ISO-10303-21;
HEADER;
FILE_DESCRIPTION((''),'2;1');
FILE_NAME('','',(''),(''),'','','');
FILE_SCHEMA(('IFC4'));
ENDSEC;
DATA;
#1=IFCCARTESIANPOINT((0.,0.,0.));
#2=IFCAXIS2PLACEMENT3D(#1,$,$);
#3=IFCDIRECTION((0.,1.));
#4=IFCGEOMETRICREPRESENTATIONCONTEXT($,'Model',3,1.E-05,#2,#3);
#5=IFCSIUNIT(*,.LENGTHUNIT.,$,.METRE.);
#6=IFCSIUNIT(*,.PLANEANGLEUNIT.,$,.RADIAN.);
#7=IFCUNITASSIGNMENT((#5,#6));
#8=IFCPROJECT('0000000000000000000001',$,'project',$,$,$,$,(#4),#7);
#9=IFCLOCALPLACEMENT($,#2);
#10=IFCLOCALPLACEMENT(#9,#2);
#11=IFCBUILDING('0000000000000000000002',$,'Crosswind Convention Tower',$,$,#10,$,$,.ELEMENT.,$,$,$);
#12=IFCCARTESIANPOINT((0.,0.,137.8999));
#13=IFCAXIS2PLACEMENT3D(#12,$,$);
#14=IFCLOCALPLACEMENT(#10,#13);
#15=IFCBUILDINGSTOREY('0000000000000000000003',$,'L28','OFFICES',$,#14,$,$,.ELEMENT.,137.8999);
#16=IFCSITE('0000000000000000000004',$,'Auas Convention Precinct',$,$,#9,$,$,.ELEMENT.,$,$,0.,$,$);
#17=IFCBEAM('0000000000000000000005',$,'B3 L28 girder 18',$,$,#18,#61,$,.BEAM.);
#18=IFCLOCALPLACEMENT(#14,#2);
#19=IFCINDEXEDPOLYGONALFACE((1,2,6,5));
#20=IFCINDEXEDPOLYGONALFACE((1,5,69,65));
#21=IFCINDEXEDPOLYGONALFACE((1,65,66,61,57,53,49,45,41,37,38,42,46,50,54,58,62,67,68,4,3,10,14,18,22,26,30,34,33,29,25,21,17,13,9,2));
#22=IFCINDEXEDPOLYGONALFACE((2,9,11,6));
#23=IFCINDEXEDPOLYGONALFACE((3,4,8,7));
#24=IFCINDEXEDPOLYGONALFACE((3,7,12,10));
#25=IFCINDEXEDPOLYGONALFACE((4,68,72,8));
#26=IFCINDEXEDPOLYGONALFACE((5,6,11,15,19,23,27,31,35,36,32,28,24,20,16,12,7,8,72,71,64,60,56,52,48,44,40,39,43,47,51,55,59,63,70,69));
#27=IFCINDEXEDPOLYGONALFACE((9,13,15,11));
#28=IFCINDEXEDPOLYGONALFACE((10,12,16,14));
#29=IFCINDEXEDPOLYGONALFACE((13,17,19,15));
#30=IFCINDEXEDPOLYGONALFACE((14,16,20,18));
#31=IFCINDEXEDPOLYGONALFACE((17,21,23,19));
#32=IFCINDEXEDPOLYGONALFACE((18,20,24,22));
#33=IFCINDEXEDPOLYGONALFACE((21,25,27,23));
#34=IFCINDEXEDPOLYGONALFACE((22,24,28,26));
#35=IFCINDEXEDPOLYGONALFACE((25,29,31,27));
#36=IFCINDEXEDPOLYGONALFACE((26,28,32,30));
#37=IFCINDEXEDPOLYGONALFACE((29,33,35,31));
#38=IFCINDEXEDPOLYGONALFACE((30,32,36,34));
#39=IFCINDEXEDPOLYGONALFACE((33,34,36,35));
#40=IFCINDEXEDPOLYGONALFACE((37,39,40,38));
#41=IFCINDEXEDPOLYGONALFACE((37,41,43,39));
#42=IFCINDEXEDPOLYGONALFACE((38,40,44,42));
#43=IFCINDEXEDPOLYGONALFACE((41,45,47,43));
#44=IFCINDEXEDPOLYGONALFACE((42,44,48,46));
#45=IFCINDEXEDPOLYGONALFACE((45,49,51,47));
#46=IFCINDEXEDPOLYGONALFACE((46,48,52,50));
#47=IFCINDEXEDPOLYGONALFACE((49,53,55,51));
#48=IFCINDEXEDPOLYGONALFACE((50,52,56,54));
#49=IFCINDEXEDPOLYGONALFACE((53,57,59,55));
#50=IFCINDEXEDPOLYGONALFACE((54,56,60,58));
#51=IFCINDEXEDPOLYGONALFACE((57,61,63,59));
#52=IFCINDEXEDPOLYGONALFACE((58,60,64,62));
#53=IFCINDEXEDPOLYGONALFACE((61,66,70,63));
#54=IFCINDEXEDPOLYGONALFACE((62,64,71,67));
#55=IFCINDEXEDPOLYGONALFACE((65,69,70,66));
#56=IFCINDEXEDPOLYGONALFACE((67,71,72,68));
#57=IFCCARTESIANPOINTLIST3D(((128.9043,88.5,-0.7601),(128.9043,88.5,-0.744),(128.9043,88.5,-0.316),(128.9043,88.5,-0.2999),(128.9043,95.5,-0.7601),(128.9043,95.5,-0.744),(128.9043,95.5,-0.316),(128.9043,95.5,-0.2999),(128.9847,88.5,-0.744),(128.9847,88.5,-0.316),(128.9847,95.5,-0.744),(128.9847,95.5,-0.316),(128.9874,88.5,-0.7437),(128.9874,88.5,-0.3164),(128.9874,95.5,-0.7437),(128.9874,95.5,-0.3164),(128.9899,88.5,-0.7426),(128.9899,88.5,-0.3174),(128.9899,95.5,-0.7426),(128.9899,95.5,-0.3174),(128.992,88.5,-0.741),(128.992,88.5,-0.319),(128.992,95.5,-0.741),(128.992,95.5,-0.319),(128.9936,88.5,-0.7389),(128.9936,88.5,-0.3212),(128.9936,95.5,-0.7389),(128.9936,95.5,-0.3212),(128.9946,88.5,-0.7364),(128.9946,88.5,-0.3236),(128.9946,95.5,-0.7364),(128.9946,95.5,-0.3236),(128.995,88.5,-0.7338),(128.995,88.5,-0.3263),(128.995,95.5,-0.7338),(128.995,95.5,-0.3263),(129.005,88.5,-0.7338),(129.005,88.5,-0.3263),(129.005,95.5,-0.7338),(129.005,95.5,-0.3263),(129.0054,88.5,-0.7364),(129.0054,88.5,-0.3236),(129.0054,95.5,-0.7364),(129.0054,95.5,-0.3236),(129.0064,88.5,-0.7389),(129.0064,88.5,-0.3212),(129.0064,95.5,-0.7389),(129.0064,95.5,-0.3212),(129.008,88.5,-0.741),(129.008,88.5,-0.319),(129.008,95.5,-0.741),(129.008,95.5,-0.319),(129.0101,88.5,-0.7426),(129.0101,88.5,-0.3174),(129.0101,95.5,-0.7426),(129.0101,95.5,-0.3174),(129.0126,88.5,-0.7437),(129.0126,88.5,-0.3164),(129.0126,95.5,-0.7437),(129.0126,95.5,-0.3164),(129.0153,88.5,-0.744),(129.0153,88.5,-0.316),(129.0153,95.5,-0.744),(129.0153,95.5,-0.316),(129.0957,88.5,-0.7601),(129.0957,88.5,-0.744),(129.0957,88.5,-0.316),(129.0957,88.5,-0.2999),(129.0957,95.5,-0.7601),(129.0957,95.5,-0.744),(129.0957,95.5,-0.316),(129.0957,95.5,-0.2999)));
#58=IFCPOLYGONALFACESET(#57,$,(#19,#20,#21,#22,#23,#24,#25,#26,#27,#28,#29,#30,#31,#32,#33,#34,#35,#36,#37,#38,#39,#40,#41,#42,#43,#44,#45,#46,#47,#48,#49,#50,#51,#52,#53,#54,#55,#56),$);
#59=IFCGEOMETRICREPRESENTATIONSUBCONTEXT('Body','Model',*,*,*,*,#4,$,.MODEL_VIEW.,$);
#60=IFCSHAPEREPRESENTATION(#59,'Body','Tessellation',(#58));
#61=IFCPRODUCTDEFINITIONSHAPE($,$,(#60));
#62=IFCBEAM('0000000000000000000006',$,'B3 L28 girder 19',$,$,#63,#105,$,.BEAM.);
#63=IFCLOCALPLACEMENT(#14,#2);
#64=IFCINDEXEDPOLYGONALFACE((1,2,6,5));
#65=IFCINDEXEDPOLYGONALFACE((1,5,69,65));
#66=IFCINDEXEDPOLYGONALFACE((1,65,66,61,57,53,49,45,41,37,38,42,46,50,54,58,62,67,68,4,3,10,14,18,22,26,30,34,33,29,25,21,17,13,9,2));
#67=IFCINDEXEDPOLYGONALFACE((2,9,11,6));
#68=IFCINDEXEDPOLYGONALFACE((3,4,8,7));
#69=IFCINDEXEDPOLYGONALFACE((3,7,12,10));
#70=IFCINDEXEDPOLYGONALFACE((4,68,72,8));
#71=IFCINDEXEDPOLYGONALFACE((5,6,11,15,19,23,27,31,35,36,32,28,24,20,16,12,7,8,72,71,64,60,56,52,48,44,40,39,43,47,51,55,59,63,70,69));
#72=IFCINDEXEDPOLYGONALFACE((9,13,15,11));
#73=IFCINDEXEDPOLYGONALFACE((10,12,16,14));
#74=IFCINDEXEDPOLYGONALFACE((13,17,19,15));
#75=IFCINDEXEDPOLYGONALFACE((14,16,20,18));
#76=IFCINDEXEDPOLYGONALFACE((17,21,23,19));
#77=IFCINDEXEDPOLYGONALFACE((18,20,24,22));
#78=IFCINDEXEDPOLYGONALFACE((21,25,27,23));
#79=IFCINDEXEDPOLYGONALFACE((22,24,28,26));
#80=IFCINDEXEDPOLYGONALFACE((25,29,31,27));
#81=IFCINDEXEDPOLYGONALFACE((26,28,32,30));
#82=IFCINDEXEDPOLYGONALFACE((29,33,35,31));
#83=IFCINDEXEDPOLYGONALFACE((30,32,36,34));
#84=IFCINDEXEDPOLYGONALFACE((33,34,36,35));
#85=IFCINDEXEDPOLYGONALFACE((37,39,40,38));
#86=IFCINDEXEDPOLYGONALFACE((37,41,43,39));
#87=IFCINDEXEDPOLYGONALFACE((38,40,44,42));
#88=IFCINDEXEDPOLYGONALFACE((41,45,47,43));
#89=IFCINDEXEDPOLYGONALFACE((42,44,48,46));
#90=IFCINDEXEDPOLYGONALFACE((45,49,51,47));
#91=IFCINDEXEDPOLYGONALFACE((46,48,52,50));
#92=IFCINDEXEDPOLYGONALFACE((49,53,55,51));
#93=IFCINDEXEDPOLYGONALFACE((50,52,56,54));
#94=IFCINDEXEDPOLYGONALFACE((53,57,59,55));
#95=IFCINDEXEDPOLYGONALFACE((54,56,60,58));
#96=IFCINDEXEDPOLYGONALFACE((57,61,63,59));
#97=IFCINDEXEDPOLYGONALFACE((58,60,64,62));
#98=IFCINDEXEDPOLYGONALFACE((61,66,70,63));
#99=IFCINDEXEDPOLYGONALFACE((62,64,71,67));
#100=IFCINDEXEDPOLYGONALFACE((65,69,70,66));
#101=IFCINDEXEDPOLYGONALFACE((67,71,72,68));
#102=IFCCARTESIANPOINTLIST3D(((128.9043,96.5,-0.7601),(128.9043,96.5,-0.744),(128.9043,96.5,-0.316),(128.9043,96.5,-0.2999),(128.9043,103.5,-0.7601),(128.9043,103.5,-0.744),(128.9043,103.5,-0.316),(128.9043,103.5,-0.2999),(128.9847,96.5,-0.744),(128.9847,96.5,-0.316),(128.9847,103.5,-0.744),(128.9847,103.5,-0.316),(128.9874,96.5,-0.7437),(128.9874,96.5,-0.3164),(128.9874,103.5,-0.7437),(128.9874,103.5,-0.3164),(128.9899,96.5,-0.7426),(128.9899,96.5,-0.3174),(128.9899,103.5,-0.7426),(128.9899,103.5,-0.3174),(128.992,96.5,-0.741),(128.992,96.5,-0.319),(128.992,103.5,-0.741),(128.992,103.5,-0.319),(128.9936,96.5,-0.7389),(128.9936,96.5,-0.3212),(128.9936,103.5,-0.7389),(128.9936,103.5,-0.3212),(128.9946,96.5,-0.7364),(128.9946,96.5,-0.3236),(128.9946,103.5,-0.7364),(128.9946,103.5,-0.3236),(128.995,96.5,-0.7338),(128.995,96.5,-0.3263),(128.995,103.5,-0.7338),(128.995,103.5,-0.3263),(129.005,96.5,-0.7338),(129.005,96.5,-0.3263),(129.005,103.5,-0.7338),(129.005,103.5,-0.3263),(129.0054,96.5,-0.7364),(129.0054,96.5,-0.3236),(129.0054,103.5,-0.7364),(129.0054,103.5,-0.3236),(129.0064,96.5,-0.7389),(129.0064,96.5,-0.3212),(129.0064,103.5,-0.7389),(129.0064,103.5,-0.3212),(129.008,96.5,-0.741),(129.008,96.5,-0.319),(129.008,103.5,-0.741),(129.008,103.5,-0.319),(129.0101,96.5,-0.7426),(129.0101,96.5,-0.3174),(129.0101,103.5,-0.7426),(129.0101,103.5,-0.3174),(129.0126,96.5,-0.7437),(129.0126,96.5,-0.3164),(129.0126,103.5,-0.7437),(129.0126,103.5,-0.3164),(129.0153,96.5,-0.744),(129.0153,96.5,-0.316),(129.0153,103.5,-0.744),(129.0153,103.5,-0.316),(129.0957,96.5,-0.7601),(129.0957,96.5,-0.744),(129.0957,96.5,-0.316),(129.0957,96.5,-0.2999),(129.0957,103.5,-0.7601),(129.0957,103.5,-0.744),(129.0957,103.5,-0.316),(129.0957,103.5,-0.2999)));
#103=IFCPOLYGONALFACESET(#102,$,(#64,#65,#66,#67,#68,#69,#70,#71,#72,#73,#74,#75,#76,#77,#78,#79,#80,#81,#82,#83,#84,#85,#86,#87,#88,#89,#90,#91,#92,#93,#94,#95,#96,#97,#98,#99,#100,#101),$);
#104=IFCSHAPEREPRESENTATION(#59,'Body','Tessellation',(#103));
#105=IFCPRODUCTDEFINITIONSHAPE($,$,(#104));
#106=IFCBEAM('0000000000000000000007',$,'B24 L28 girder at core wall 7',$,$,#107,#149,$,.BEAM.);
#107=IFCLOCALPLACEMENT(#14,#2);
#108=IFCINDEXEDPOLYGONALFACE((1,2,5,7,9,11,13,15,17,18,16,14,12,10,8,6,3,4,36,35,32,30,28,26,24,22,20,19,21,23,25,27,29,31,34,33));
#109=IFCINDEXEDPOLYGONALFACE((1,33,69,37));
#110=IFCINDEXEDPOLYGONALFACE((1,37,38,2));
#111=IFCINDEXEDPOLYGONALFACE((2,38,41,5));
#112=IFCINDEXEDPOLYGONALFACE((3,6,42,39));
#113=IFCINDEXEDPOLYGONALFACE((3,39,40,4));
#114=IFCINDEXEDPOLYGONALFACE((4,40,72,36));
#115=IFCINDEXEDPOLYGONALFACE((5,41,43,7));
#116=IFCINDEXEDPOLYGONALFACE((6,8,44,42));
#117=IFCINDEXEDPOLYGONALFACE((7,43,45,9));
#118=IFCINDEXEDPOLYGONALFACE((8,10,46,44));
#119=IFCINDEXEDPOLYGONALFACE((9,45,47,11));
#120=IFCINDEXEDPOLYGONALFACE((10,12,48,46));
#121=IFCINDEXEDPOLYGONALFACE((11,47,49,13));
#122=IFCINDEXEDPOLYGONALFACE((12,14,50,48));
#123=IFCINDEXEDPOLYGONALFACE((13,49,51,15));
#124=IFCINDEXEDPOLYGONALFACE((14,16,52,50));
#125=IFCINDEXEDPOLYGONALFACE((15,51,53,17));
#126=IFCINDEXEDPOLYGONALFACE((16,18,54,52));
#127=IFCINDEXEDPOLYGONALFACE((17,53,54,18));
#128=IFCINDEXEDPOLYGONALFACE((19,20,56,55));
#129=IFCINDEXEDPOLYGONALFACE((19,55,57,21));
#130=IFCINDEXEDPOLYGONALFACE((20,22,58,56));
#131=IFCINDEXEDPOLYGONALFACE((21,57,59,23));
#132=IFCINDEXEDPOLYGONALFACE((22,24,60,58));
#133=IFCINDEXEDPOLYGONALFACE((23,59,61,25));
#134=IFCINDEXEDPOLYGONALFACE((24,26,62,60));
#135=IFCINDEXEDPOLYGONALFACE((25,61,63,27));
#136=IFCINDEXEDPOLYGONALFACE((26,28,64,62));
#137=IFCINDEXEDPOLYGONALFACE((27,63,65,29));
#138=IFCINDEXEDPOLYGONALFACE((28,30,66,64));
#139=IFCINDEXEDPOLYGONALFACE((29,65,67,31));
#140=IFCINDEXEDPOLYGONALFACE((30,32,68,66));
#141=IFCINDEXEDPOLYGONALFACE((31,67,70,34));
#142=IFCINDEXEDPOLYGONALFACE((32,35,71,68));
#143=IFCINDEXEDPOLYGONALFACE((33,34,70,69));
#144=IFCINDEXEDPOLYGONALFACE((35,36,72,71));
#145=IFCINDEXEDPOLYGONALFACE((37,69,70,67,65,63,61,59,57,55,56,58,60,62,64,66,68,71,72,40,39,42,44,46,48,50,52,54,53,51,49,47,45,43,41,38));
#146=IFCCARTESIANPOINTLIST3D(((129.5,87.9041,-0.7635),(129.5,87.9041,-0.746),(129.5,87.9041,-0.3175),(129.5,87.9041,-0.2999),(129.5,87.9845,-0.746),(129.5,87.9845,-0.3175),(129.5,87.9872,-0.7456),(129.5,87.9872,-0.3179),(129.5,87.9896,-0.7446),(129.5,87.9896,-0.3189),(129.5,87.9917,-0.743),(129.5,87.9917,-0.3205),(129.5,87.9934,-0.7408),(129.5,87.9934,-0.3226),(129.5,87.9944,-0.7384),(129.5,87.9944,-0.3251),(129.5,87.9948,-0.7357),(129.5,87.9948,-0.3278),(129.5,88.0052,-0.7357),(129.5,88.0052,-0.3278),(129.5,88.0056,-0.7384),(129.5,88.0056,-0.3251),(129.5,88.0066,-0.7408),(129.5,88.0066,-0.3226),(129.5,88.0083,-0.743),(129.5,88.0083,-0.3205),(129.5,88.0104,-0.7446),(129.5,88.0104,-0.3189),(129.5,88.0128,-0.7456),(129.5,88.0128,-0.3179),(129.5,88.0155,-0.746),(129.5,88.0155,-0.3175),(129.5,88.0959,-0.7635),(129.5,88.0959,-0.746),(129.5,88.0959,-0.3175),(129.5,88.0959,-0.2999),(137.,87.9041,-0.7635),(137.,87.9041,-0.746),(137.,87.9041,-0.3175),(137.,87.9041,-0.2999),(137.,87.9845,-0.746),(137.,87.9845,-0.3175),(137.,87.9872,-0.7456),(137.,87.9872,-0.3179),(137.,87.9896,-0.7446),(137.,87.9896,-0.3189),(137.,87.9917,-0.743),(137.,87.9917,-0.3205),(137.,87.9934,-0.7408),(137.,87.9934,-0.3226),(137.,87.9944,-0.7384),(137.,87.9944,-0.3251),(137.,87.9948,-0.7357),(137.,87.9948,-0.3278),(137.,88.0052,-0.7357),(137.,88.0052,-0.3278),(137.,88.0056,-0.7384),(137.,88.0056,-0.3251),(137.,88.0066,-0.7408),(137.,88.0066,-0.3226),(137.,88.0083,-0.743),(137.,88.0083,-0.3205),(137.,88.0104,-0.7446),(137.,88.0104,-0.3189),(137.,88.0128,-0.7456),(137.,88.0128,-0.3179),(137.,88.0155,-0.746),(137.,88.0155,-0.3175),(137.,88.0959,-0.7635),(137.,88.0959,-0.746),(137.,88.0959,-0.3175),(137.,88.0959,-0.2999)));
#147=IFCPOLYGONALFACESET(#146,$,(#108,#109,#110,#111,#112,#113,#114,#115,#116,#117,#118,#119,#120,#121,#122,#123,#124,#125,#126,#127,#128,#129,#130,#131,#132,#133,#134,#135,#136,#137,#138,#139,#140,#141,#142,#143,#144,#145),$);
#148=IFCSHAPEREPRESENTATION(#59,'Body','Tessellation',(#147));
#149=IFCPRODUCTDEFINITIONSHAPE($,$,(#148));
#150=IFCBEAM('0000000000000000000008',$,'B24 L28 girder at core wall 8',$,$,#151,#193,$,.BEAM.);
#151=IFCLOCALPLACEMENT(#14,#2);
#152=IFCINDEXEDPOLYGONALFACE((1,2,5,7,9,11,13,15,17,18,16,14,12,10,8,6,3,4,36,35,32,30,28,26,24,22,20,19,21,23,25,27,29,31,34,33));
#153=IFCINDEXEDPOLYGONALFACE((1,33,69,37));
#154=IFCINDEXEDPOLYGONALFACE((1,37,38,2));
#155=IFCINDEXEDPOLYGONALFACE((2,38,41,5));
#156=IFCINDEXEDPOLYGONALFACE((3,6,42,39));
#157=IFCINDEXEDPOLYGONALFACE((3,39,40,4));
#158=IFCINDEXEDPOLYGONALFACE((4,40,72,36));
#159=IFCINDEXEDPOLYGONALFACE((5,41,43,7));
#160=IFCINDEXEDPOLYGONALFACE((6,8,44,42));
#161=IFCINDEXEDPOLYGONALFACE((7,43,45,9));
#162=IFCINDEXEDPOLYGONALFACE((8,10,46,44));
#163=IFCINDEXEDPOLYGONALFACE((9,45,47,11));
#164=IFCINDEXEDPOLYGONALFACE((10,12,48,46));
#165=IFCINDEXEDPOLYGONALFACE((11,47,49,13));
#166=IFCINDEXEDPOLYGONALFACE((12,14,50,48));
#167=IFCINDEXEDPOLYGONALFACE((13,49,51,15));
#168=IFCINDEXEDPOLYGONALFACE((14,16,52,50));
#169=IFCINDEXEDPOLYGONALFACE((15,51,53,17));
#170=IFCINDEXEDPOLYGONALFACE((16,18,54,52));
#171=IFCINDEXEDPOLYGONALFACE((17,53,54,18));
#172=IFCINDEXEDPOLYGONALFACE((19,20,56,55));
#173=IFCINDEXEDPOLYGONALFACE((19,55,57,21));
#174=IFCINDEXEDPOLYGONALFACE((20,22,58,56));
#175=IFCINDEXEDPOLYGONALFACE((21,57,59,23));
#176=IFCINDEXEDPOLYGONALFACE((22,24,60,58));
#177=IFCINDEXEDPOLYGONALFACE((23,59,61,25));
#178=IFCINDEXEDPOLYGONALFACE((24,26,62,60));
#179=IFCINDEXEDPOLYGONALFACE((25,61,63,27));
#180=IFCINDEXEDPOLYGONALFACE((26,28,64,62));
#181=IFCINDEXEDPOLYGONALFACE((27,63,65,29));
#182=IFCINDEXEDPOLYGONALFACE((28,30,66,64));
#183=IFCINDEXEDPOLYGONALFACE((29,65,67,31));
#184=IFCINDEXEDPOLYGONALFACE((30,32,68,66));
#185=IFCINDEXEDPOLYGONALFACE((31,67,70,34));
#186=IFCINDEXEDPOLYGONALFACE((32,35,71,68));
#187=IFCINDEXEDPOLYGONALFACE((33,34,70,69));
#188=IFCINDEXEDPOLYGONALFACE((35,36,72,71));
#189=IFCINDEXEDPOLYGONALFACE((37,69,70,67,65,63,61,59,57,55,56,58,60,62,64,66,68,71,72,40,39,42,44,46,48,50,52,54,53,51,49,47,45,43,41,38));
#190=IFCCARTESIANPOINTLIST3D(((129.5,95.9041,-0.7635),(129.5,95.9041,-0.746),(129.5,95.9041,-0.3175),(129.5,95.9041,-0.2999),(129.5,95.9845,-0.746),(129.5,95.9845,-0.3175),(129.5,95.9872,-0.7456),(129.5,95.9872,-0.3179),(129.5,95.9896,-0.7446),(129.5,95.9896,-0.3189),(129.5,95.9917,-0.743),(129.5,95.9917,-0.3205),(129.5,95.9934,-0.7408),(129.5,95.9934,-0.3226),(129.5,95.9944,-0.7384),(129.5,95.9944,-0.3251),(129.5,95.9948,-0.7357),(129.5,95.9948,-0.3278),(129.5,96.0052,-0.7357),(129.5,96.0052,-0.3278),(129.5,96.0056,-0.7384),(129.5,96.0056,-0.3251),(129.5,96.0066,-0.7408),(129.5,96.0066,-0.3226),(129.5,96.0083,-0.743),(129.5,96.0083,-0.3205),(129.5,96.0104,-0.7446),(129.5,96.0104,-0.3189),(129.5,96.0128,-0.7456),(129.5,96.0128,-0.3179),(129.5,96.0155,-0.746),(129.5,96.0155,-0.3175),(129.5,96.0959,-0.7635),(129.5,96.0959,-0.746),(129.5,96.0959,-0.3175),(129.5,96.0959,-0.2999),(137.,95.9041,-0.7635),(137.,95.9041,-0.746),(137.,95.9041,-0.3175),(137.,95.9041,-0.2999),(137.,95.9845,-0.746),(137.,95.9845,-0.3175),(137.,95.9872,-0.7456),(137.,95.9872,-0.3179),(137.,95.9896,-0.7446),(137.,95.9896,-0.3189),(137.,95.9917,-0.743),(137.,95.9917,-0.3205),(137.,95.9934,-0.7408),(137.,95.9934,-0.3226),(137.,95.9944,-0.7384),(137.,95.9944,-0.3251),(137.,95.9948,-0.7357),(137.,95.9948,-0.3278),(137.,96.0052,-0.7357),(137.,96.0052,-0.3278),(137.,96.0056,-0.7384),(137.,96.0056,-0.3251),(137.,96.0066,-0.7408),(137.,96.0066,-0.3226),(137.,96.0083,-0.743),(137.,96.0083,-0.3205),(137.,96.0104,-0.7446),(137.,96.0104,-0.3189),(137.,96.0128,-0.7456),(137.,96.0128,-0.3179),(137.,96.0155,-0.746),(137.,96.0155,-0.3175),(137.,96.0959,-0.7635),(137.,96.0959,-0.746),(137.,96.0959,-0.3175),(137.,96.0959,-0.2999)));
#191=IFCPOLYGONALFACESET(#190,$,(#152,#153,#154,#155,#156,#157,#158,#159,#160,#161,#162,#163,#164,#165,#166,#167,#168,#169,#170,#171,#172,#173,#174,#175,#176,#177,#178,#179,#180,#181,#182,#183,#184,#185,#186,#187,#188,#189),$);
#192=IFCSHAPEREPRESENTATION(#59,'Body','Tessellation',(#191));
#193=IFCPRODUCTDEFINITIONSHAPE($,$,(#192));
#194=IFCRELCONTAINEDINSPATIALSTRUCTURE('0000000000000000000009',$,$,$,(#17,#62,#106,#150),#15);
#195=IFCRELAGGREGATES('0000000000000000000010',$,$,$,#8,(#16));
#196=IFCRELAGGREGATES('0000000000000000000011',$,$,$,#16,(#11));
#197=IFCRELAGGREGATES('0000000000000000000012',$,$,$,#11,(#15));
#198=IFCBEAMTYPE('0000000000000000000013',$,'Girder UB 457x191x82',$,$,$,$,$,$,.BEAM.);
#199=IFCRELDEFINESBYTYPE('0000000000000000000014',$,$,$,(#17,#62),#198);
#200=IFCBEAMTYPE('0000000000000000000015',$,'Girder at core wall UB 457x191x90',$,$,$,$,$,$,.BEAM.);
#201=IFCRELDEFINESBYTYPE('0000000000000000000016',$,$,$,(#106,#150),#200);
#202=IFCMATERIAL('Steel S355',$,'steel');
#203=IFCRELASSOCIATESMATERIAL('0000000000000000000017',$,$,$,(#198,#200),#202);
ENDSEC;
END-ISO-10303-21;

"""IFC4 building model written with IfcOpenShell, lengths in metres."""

from ifc_helpers import new_model, si_unit, direction, frame, origin, origin_2d, place, context, subcontext, project, spatial, i_section, extrude, material, material_profile, profile_set, type_object, element, save


model = new_model("IFC4")

# Units and contexts
model_context = context("Model", 3, precision=1e-05, world=origin(), true_north=direction((0.0, 1.0)))
body_context = subcontext(model_context, "Body", "Model", "MODEL_VIEW")
ifc_project = project(units=[si_unit("LENGTHUNIT", "METRE"), si_unit("PLANEANGLEUNIT", "RADIAN")], contexts=[model_context])

# Site, building, storey
site_placement = place(None, origin())
site = spatial("IfcSite", under=ifc_project, at=site_placement, Name="Auas Convention Precinct", CompositionType="ELEMENT", RefElevation=0.0)
building_placement = place(site_placement, origin())
building = spatial("IfcBuilding", under=site, at=building_placement, Name="Crosswind Convention Tower", CompositionType="ELEMENT")
storey_placement = place(building_placement, frame((0.0, 0.0, 137.8999)))
storey = spatial("IfcBuildingStorey", under=building, at=storey_placement, Name="L28", Description="OFFICES", CompositionType="ELEMENT", Elevation=137.8999)

# Beams
ifc_material_1 = material(Name="Steel S355", Category="steel")
ifc_material_profile_1 = material_profile(ifc_material_1, i_section(OverallWidth=0.1914, OverallDepth=0.4602, WebThickness=0.01, FlangeThickness=0.0161, FilletRadius=0.0103, at=origin_2d()), Name="UB 457x191x82")
ifc_profile_set_1 = profile_set([ifc_material_profile_1], Name="Steel S355")
beam_type_1 = type_object("IfcBeamType", Name="Girder UB 457x191x82", PredefinedType="BEAM", material=ifc_profile_set_1)
for number, where, z_axis, x_axis, name in (
    (1, (129.0, 88.5, -0.53), (0.0, 1.0, 0.0), (-1.0, 0.0, 0.0), "B3 L28 girder 18"),
    (2, (129.0, 96.5, -0.53), (0.0, 1.0, 0.0), (-1.0, 0.0, 0.0), "B3 L28 girder 19"),
):
    element("IfcBeam", number, at=place(storey_placement, frame(where, z_axis=z_axis, x_axis=x_axis)), inside=storey, type_object=beam_type_1, Name=name, PredefinedType="BEAM", context=body_context, shape_type="SweptSolid", body=[
        extrude(i_section(OverallWidth=0.1914, OverallDepth=0.4602, WebThickness=0.01, FlangeThickness=0.0161, FilletRadius=0.0103, at=origin_2d()), origin(), (0.0, 0.0, 1.0), 7.0),
    ])
ifc_material_profile_2 = material_profile(ifc_material_1, i_section(OverallWidth=0.1919, OverallDepth=0.4636, WebThickness=0.0105, FlangeThickness=0.0176, FilletRadius=0.0103, at=origin_2d()), Name="UB 457x191x90")
ifc_profile_set_2 = profile_set([ifc_material_profile_2], Name="Steel S355")
beam_type_2 = type_object("IfcBeamType", Name="Girder at core wall UB 457x191x90", PredefinedType="BEAM", material=ifc_profile_set_2)
for number, where, z_axis, x_axis, name in (
    (3, (129.5, 88.0, -0.5317), (1.0, 0.0, 0.0), (0.0, 1.0, 0.0), "B24 L28 girder at core wall 7"),
    (4, (129.5, 96.0, -0.5317), (1.0, 0.0, 0.0), (0.0, 1.0, 0.0), "B24 L28 girder at core wall 8"),
):
    element("IfcBeam", number, at=place(storey_placement, frame(where, z_axis=z_axis, x_axis=x_axis)), inside=storey, type_object=beam_type_2, Name=name, PredefinedType="BEAM", context=body_context, shape_type="SweptSolid", body=[
        extrude(i_section(OverallWidth=0.1919, OverallDepth=0.4636, WebThickness=0.0105, FlangeThickness=0.0176, FilletRadius=0.0103, at=origin_2d()), origin(), (0.0, 0.0, 1.0), 7.5),
    ])

save(model, "model.ifc")
